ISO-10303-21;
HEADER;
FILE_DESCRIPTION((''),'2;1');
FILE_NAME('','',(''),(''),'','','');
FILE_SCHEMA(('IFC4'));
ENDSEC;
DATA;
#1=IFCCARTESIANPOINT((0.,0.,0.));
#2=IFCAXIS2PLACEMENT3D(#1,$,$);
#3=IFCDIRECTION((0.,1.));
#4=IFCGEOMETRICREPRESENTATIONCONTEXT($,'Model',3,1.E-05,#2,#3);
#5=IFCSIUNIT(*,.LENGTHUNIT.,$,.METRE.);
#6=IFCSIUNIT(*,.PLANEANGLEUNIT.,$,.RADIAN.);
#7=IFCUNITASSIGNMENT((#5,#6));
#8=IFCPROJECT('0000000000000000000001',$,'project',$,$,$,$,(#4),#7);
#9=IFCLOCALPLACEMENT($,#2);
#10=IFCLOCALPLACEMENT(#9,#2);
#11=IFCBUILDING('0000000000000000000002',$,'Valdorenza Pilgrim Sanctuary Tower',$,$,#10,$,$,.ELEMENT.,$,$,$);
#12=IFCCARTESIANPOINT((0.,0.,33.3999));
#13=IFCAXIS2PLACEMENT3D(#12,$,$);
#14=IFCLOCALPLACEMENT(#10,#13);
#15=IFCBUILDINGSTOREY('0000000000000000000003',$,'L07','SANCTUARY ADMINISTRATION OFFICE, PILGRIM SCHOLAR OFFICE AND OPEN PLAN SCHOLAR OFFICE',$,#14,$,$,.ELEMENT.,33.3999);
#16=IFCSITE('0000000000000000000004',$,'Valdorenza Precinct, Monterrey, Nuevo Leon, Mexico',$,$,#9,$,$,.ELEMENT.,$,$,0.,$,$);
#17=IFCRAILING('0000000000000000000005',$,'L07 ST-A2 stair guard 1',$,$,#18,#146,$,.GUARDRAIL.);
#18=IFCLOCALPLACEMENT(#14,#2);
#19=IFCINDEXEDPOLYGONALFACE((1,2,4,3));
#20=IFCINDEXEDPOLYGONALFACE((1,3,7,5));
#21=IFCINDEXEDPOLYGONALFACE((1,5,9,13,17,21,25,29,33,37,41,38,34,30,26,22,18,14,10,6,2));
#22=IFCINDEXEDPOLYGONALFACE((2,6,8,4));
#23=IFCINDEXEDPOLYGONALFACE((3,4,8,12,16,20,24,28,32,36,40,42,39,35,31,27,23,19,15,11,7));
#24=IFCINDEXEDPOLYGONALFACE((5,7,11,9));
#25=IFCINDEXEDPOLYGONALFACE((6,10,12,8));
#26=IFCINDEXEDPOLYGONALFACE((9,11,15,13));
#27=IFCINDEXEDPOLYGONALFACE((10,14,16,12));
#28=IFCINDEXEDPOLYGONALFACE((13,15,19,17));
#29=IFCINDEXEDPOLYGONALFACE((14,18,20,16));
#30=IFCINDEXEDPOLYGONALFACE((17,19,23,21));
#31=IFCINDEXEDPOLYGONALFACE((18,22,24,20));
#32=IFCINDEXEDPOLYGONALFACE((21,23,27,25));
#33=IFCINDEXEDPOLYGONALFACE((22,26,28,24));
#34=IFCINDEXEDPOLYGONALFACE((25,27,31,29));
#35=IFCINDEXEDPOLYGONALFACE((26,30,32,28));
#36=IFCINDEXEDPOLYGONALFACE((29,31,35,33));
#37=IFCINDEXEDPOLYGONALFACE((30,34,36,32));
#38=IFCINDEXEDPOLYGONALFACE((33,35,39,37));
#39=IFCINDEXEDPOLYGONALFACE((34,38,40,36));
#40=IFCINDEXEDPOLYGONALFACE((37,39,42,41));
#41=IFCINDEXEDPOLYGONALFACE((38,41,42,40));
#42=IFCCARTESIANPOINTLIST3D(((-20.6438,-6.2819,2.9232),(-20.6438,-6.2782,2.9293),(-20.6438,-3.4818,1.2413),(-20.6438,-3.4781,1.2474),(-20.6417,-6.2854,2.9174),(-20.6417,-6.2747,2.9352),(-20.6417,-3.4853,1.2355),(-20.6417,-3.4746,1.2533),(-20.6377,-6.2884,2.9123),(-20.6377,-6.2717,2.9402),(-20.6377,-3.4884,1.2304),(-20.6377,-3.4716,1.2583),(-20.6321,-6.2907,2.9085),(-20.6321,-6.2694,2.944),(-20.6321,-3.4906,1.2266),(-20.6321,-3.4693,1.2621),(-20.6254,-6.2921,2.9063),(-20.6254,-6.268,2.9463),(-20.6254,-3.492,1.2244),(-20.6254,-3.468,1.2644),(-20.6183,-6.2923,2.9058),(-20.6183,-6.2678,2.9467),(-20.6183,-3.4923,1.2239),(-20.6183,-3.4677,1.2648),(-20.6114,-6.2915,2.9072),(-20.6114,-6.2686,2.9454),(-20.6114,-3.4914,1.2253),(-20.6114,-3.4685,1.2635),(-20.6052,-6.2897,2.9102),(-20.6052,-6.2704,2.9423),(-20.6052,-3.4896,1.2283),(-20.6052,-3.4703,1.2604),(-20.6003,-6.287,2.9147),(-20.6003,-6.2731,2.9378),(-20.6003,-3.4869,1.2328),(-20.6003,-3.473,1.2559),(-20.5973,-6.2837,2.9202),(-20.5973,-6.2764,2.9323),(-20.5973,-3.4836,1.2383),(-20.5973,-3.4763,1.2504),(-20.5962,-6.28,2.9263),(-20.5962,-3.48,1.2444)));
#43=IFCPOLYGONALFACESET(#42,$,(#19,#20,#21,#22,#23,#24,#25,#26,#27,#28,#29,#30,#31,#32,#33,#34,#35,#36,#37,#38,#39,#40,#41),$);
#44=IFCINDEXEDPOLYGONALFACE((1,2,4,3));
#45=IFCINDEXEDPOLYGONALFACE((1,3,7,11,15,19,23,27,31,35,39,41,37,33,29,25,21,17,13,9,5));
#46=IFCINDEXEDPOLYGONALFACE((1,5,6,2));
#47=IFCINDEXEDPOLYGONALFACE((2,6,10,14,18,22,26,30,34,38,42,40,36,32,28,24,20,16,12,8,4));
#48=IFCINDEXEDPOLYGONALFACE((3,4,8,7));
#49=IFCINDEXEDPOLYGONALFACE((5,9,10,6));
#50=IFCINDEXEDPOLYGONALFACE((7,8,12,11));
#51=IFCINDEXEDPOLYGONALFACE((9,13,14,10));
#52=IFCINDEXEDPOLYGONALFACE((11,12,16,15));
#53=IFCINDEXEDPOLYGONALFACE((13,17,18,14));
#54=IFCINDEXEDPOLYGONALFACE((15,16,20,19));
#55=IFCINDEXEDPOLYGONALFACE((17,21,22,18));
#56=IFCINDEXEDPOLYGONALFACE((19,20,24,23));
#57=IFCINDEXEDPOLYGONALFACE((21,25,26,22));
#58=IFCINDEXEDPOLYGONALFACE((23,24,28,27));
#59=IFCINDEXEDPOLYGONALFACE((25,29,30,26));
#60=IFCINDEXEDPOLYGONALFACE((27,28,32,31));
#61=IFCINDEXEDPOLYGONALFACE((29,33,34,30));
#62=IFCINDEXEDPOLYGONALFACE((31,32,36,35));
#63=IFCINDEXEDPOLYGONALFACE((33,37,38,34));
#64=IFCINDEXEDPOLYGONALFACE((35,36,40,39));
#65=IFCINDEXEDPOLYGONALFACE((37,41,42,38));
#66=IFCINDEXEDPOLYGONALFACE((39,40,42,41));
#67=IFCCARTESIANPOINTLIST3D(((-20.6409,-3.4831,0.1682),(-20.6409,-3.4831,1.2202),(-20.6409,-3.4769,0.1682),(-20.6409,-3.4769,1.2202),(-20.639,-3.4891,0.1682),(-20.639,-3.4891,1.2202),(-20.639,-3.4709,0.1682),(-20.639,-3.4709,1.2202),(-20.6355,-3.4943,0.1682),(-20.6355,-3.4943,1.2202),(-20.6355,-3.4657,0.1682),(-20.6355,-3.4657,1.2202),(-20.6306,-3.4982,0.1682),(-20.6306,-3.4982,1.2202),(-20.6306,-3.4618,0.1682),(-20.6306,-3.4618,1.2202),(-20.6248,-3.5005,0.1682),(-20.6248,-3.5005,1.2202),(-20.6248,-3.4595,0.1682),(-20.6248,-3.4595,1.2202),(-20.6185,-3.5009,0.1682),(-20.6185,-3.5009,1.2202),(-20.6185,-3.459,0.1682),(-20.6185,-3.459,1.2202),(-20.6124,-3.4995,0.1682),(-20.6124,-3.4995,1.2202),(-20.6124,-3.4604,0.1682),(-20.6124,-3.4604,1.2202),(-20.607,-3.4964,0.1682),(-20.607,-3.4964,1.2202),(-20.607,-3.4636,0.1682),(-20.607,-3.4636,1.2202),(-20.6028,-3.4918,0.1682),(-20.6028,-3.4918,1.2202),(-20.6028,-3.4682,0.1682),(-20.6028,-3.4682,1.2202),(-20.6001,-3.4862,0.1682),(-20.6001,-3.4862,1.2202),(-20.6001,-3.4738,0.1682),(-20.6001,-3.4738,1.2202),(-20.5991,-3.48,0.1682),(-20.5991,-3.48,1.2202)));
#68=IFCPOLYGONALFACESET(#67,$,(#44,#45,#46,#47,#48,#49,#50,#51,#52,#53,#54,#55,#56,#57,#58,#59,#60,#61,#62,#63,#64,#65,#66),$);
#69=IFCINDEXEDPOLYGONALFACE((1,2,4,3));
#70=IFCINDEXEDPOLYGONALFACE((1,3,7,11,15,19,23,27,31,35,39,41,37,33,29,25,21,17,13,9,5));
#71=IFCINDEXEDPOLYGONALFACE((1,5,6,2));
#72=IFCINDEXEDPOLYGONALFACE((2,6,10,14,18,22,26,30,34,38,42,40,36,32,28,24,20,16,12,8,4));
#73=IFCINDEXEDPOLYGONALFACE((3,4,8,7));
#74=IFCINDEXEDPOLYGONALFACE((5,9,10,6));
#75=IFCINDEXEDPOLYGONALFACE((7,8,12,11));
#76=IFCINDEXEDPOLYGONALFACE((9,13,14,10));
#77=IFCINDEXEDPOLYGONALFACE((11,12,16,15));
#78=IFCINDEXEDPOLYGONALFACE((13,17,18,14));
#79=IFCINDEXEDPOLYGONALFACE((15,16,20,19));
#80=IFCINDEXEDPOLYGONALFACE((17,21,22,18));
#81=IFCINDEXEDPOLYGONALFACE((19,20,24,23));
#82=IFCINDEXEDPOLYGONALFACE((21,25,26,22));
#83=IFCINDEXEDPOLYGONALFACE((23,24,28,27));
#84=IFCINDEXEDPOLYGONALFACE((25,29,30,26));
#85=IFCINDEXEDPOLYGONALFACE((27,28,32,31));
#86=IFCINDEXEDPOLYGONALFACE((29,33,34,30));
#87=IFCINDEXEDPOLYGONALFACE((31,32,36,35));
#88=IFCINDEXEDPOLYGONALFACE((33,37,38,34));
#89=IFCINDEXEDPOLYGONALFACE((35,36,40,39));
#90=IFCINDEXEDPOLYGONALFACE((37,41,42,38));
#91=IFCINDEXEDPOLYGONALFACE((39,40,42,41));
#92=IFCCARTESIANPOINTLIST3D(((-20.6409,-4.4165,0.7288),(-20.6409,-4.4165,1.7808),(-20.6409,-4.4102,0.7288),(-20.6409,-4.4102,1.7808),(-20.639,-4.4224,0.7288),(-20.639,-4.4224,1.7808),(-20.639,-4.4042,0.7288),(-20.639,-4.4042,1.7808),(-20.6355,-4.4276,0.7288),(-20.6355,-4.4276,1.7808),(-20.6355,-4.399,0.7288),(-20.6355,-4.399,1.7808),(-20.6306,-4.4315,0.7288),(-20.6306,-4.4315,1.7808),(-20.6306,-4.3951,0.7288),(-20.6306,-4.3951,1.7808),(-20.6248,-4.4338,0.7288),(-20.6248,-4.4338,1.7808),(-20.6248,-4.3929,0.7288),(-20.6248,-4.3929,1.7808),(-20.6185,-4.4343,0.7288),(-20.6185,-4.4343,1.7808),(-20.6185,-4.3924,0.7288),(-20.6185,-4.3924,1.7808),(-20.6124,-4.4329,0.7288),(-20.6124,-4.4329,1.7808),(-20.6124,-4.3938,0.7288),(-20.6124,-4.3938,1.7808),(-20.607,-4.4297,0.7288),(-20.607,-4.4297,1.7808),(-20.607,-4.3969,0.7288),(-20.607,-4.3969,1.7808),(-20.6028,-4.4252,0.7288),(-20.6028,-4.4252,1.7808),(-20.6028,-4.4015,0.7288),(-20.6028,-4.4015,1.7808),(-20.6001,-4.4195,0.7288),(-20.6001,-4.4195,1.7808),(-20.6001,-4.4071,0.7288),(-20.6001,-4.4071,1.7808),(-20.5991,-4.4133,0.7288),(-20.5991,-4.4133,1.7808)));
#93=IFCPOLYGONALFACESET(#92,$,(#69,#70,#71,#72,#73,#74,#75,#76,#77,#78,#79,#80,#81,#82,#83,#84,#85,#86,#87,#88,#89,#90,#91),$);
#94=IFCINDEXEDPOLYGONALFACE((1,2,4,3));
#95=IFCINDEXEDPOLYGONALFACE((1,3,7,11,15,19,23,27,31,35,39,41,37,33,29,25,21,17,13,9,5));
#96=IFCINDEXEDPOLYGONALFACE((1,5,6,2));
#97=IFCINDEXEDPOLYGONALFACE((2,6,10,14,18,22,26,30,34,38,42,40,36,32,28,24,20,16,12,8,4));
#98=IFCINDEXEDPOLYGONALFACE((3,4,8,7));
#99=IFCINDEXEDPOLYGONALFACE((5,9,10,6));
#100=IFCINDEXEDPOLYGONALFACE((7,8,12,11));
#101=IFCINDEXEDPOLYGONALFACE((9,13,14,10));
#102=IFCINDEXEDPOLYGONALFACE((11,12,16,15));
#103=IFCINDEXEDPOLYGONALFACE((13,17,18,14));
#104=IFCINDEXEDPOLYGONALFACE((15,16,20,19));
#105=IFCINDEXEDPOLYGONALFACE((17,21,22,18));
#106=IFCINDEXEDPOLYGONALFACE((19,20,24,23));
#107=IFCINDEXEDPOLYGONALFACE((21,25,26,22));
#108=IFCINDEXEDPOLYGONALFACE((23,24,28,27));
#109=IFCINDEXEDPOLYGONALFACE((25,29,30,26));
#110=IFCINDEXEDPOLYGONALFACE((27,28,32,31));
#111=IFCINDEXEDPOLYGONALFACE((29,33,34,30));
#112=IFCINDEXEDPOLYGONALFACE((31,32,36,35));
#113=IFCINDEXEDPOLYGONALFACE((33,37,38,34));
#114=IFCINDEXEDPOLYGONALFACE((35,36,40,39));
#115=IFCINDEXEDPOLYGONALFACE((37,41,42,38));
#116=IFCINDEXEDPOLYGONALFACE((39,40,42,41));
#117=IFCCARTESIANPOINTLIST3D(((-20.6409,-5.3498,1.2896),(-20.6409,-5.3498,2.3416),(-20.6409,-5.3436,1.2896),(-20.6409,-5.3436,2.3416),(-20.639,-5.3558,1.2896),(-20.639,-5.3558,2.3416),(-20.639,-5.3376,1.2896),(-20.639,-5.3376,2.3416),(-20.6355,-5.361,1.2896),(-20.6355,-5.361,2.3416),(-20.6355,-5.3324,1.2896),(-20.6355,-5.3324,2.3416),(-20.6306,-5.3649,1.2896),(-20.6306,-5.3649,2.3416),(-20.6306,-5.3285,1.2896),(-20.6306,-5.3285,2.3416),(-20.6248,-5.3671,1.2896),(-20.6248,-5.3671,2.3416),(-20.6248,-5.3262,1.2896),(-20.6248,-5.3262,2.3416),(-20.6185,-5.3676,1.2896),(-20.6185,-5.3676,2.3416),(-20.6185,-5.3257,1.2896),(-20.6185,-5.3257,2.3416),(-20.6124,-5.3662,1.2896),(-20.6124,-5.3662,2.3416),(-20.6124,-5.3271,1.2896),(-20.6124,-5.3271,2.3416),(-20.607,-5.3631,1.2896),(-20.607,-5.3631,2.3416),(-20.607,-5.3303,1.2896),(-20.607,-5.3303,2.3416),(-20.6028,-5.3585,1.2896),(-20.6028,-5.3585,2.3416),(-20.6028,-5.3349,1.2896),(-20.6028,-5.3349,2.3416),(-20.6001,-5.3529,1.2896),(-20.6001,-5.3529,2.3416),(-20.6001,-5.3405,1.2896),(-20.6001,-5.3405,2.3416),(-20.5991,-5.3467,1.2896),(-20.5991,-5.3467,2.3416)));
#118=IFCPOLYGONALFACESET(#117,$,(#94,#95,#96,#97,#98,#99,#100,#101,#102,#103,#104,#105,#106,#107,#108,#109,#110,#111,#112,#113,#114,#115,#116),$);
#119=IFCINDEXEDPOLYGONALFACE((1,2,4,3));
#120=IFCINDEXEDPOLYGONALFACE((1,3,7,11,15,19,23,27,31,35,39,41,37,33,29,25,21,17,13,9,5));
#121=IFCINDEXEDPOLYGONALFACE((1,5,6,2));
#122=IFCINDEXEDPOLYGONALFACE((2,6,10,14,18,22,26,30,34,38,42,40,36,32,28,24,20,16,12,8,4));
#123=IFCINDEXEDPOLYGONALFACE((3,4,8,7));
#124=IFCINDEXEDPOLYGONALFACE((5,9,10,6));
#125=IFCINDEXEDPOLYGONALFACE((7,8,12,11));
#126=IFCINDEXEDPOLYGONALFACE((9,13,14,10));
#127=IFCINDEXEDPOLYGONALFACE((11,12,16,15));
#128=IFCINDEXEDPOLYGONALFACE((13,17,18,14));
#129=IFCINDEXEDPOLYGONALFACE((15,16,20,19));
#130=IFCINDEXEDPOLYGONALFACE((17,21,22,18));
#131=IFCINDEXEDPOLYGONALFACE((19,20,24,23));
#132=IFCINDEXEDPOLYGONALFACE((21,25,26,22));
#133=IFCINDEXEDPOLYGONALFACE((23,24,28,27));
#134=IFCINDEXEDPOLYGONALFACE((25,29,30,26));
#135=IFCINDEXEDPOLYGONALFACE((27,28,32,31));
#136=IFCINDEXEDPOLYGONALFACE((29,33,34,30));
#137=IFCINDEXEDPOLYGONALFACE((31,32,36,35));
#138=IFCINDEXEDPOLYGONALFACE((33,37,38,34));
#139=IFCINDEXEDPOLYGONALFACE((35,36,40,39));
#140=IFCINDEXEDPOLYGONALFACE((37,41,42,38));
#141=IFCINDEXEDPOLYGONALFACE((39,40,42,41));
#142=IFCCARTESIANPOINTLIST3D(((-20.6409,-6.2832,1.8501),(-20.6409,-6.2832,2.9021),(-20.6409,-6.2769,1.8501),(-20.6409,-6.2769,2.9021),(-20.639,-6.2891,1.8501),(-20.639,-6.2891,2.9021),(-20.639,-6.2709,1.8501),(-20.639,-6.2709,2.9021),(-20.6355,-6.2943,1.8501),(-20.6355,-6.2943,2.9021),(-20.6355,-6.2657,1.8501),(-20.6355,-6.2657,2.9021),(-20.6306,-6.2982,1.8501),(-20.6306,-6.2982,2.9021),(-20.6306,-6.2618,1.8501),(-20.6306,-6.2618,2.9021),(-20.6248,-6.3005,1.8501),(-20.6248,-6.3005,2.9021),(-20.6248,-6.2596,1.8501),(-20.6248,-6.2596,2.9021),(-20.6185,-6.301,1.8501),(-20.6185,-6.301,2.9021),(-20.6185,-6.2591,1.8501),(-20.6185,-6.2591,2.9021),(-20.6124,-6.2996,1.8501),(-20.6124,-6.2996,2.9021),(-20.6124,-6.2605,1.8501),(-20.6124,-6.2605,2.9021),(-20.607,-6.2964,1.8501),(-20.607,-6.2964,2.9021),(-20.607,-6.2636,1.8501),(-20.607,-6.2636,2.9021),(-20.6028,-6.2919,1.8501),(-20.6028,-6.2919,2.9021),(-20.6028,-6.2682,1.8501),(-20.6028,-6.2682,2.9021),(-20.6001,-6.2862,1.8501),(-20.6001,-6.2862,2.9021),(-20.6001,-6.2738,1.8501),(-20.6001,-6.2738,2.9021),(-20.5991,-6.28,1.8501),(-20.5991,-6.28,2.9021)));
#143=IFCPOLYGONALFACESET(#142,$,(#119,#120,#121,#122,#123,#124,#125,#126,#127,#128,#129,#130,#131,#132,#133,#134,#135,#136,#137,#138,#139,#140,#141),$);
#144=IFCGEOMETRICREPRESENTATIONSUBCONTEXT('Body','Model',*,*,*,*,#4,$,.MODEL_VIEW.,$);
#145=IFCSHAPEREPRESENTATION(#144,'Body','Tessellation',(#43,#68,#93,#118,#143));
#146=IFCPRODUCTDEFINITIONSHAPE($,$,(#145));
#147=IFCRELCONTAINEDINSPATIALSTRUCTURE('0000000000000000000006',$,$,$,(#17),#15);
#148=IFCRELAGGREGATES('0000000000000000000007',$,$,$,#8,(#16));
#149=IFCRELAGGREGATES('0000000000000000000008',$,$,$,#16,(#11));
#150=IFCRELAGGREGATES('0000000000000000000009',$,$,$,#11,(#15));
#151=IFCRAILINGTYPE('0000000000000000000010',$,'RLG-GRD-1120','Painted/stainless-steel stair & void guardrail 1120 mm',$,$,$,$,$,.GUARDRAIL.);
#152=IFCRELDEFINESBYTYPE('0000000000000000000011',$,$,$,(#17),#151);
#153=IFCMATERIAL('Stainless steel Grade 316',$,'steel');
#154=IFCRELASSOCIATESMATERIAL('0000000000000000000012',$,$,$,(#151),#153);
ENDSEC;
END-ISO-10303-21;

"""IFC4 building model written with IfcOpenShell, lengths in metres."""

from ifc_helpers import new_model, si_unit, direction, frame, origin, origin_2d, place, context, subcontext, project, spatial, circle, extrude, material, type_object, element, save


model = new_model("IFC4")

# Units and contexts
model_context = context("Model", 3, precision=1e-05, world=origin(), true_north=direction((0.0, 1.0)))
body_context = subcontext(model_context, "Body", "Model", "MODEL_VIEW")
ifc_project = project(units=[si_unit("LENGTHUNIT", "METRE"), si_unit("PLANEANGLEUNIT", "RADIAN")], contexts=[model_context])

# Site, building, storey
site_placement = place(None, origin())
site = spatial("IfcSite", under=ifc_project, at=site_placement, Name="Valdorenza Precinct, Monterrey, Nuevo Leon, Mexico", CompositionType="ELEMENT", RefElevation=0.0)
building_placement = place(site_placement, origin())
building = spatial("IfcBuilding", under=site, at=building_placement, Name="Valdorenza Pilgrim Sanctuary Tower", CompositionType="ELEMENT")
storey_placement = place(building_placement, frame((0.0, 0.0, 33.3999)))
storey = spatial("IfcBuildingStorey", under=building, at=storey_placement, Name="L07", Description="SANCTUARY ADMINISTRATION OFFICE, PILGRIM SCHOLAR OFFICE AND OPEN PLAN SCHOLAR OFFICE", CompositionType="ELEMENT", Elevation=33.3999)

# Railing
ifc_material_1 = material(Name="Stainless steel Grade 316", Category="steel")
railing_type_1 = type_object("IfcRailingType", Name="RLG-GRD-1120", Description="Painted/stainless-steel stair & void guardrail 1120 mm", PredefinedType="GUARDRAIL", material=ifc_material_1)
railing_1_placement = place(storey_placement, frame((-20.6201, -3.48, 0.1682)))
element("IfcRailing", 1, at=railing_1_placement, inside=storey, type_object=railing_type_1, Name="L07 ST-A2 stair guard 1", PredefinedType="GUARDRAIL", context=body_context, shape_type="SweptSolid", body=[
    extrude(circle(Radius=0.0239, at=origin_2d()), frame((0.0, 0.0, 1.0762), z_axis=(0.0, -0.857242, 0.514913), x_axis=(1.0, 0.0, 0.0)), (0.0, 0.0, 1.0), 3.2664),
    extrude(circle(Radius=0.021, at=origin_2d()), origin(), (0.0, 0.0, 1.0), 1.052),
    extrude(circle(Radius=0.021, at=origin_2d()), frame((0.0, -0.9333, 0.5605)), (0.0, 0.0, 1.0), 1.052),
    extrude(circle(Radius=0.021, at=origin_2d()), frame((0.0, -1.8667, 1.1213)), (0.0, 0.0, 1.0), 1.052),
    extrude(circle(Radius=0.021, at=origin_2d()), frame((0.0, -2.8, 1.6819)), (0.0, 0.0, 1.0), 1.052),
])

save(model, "model.ifc")
